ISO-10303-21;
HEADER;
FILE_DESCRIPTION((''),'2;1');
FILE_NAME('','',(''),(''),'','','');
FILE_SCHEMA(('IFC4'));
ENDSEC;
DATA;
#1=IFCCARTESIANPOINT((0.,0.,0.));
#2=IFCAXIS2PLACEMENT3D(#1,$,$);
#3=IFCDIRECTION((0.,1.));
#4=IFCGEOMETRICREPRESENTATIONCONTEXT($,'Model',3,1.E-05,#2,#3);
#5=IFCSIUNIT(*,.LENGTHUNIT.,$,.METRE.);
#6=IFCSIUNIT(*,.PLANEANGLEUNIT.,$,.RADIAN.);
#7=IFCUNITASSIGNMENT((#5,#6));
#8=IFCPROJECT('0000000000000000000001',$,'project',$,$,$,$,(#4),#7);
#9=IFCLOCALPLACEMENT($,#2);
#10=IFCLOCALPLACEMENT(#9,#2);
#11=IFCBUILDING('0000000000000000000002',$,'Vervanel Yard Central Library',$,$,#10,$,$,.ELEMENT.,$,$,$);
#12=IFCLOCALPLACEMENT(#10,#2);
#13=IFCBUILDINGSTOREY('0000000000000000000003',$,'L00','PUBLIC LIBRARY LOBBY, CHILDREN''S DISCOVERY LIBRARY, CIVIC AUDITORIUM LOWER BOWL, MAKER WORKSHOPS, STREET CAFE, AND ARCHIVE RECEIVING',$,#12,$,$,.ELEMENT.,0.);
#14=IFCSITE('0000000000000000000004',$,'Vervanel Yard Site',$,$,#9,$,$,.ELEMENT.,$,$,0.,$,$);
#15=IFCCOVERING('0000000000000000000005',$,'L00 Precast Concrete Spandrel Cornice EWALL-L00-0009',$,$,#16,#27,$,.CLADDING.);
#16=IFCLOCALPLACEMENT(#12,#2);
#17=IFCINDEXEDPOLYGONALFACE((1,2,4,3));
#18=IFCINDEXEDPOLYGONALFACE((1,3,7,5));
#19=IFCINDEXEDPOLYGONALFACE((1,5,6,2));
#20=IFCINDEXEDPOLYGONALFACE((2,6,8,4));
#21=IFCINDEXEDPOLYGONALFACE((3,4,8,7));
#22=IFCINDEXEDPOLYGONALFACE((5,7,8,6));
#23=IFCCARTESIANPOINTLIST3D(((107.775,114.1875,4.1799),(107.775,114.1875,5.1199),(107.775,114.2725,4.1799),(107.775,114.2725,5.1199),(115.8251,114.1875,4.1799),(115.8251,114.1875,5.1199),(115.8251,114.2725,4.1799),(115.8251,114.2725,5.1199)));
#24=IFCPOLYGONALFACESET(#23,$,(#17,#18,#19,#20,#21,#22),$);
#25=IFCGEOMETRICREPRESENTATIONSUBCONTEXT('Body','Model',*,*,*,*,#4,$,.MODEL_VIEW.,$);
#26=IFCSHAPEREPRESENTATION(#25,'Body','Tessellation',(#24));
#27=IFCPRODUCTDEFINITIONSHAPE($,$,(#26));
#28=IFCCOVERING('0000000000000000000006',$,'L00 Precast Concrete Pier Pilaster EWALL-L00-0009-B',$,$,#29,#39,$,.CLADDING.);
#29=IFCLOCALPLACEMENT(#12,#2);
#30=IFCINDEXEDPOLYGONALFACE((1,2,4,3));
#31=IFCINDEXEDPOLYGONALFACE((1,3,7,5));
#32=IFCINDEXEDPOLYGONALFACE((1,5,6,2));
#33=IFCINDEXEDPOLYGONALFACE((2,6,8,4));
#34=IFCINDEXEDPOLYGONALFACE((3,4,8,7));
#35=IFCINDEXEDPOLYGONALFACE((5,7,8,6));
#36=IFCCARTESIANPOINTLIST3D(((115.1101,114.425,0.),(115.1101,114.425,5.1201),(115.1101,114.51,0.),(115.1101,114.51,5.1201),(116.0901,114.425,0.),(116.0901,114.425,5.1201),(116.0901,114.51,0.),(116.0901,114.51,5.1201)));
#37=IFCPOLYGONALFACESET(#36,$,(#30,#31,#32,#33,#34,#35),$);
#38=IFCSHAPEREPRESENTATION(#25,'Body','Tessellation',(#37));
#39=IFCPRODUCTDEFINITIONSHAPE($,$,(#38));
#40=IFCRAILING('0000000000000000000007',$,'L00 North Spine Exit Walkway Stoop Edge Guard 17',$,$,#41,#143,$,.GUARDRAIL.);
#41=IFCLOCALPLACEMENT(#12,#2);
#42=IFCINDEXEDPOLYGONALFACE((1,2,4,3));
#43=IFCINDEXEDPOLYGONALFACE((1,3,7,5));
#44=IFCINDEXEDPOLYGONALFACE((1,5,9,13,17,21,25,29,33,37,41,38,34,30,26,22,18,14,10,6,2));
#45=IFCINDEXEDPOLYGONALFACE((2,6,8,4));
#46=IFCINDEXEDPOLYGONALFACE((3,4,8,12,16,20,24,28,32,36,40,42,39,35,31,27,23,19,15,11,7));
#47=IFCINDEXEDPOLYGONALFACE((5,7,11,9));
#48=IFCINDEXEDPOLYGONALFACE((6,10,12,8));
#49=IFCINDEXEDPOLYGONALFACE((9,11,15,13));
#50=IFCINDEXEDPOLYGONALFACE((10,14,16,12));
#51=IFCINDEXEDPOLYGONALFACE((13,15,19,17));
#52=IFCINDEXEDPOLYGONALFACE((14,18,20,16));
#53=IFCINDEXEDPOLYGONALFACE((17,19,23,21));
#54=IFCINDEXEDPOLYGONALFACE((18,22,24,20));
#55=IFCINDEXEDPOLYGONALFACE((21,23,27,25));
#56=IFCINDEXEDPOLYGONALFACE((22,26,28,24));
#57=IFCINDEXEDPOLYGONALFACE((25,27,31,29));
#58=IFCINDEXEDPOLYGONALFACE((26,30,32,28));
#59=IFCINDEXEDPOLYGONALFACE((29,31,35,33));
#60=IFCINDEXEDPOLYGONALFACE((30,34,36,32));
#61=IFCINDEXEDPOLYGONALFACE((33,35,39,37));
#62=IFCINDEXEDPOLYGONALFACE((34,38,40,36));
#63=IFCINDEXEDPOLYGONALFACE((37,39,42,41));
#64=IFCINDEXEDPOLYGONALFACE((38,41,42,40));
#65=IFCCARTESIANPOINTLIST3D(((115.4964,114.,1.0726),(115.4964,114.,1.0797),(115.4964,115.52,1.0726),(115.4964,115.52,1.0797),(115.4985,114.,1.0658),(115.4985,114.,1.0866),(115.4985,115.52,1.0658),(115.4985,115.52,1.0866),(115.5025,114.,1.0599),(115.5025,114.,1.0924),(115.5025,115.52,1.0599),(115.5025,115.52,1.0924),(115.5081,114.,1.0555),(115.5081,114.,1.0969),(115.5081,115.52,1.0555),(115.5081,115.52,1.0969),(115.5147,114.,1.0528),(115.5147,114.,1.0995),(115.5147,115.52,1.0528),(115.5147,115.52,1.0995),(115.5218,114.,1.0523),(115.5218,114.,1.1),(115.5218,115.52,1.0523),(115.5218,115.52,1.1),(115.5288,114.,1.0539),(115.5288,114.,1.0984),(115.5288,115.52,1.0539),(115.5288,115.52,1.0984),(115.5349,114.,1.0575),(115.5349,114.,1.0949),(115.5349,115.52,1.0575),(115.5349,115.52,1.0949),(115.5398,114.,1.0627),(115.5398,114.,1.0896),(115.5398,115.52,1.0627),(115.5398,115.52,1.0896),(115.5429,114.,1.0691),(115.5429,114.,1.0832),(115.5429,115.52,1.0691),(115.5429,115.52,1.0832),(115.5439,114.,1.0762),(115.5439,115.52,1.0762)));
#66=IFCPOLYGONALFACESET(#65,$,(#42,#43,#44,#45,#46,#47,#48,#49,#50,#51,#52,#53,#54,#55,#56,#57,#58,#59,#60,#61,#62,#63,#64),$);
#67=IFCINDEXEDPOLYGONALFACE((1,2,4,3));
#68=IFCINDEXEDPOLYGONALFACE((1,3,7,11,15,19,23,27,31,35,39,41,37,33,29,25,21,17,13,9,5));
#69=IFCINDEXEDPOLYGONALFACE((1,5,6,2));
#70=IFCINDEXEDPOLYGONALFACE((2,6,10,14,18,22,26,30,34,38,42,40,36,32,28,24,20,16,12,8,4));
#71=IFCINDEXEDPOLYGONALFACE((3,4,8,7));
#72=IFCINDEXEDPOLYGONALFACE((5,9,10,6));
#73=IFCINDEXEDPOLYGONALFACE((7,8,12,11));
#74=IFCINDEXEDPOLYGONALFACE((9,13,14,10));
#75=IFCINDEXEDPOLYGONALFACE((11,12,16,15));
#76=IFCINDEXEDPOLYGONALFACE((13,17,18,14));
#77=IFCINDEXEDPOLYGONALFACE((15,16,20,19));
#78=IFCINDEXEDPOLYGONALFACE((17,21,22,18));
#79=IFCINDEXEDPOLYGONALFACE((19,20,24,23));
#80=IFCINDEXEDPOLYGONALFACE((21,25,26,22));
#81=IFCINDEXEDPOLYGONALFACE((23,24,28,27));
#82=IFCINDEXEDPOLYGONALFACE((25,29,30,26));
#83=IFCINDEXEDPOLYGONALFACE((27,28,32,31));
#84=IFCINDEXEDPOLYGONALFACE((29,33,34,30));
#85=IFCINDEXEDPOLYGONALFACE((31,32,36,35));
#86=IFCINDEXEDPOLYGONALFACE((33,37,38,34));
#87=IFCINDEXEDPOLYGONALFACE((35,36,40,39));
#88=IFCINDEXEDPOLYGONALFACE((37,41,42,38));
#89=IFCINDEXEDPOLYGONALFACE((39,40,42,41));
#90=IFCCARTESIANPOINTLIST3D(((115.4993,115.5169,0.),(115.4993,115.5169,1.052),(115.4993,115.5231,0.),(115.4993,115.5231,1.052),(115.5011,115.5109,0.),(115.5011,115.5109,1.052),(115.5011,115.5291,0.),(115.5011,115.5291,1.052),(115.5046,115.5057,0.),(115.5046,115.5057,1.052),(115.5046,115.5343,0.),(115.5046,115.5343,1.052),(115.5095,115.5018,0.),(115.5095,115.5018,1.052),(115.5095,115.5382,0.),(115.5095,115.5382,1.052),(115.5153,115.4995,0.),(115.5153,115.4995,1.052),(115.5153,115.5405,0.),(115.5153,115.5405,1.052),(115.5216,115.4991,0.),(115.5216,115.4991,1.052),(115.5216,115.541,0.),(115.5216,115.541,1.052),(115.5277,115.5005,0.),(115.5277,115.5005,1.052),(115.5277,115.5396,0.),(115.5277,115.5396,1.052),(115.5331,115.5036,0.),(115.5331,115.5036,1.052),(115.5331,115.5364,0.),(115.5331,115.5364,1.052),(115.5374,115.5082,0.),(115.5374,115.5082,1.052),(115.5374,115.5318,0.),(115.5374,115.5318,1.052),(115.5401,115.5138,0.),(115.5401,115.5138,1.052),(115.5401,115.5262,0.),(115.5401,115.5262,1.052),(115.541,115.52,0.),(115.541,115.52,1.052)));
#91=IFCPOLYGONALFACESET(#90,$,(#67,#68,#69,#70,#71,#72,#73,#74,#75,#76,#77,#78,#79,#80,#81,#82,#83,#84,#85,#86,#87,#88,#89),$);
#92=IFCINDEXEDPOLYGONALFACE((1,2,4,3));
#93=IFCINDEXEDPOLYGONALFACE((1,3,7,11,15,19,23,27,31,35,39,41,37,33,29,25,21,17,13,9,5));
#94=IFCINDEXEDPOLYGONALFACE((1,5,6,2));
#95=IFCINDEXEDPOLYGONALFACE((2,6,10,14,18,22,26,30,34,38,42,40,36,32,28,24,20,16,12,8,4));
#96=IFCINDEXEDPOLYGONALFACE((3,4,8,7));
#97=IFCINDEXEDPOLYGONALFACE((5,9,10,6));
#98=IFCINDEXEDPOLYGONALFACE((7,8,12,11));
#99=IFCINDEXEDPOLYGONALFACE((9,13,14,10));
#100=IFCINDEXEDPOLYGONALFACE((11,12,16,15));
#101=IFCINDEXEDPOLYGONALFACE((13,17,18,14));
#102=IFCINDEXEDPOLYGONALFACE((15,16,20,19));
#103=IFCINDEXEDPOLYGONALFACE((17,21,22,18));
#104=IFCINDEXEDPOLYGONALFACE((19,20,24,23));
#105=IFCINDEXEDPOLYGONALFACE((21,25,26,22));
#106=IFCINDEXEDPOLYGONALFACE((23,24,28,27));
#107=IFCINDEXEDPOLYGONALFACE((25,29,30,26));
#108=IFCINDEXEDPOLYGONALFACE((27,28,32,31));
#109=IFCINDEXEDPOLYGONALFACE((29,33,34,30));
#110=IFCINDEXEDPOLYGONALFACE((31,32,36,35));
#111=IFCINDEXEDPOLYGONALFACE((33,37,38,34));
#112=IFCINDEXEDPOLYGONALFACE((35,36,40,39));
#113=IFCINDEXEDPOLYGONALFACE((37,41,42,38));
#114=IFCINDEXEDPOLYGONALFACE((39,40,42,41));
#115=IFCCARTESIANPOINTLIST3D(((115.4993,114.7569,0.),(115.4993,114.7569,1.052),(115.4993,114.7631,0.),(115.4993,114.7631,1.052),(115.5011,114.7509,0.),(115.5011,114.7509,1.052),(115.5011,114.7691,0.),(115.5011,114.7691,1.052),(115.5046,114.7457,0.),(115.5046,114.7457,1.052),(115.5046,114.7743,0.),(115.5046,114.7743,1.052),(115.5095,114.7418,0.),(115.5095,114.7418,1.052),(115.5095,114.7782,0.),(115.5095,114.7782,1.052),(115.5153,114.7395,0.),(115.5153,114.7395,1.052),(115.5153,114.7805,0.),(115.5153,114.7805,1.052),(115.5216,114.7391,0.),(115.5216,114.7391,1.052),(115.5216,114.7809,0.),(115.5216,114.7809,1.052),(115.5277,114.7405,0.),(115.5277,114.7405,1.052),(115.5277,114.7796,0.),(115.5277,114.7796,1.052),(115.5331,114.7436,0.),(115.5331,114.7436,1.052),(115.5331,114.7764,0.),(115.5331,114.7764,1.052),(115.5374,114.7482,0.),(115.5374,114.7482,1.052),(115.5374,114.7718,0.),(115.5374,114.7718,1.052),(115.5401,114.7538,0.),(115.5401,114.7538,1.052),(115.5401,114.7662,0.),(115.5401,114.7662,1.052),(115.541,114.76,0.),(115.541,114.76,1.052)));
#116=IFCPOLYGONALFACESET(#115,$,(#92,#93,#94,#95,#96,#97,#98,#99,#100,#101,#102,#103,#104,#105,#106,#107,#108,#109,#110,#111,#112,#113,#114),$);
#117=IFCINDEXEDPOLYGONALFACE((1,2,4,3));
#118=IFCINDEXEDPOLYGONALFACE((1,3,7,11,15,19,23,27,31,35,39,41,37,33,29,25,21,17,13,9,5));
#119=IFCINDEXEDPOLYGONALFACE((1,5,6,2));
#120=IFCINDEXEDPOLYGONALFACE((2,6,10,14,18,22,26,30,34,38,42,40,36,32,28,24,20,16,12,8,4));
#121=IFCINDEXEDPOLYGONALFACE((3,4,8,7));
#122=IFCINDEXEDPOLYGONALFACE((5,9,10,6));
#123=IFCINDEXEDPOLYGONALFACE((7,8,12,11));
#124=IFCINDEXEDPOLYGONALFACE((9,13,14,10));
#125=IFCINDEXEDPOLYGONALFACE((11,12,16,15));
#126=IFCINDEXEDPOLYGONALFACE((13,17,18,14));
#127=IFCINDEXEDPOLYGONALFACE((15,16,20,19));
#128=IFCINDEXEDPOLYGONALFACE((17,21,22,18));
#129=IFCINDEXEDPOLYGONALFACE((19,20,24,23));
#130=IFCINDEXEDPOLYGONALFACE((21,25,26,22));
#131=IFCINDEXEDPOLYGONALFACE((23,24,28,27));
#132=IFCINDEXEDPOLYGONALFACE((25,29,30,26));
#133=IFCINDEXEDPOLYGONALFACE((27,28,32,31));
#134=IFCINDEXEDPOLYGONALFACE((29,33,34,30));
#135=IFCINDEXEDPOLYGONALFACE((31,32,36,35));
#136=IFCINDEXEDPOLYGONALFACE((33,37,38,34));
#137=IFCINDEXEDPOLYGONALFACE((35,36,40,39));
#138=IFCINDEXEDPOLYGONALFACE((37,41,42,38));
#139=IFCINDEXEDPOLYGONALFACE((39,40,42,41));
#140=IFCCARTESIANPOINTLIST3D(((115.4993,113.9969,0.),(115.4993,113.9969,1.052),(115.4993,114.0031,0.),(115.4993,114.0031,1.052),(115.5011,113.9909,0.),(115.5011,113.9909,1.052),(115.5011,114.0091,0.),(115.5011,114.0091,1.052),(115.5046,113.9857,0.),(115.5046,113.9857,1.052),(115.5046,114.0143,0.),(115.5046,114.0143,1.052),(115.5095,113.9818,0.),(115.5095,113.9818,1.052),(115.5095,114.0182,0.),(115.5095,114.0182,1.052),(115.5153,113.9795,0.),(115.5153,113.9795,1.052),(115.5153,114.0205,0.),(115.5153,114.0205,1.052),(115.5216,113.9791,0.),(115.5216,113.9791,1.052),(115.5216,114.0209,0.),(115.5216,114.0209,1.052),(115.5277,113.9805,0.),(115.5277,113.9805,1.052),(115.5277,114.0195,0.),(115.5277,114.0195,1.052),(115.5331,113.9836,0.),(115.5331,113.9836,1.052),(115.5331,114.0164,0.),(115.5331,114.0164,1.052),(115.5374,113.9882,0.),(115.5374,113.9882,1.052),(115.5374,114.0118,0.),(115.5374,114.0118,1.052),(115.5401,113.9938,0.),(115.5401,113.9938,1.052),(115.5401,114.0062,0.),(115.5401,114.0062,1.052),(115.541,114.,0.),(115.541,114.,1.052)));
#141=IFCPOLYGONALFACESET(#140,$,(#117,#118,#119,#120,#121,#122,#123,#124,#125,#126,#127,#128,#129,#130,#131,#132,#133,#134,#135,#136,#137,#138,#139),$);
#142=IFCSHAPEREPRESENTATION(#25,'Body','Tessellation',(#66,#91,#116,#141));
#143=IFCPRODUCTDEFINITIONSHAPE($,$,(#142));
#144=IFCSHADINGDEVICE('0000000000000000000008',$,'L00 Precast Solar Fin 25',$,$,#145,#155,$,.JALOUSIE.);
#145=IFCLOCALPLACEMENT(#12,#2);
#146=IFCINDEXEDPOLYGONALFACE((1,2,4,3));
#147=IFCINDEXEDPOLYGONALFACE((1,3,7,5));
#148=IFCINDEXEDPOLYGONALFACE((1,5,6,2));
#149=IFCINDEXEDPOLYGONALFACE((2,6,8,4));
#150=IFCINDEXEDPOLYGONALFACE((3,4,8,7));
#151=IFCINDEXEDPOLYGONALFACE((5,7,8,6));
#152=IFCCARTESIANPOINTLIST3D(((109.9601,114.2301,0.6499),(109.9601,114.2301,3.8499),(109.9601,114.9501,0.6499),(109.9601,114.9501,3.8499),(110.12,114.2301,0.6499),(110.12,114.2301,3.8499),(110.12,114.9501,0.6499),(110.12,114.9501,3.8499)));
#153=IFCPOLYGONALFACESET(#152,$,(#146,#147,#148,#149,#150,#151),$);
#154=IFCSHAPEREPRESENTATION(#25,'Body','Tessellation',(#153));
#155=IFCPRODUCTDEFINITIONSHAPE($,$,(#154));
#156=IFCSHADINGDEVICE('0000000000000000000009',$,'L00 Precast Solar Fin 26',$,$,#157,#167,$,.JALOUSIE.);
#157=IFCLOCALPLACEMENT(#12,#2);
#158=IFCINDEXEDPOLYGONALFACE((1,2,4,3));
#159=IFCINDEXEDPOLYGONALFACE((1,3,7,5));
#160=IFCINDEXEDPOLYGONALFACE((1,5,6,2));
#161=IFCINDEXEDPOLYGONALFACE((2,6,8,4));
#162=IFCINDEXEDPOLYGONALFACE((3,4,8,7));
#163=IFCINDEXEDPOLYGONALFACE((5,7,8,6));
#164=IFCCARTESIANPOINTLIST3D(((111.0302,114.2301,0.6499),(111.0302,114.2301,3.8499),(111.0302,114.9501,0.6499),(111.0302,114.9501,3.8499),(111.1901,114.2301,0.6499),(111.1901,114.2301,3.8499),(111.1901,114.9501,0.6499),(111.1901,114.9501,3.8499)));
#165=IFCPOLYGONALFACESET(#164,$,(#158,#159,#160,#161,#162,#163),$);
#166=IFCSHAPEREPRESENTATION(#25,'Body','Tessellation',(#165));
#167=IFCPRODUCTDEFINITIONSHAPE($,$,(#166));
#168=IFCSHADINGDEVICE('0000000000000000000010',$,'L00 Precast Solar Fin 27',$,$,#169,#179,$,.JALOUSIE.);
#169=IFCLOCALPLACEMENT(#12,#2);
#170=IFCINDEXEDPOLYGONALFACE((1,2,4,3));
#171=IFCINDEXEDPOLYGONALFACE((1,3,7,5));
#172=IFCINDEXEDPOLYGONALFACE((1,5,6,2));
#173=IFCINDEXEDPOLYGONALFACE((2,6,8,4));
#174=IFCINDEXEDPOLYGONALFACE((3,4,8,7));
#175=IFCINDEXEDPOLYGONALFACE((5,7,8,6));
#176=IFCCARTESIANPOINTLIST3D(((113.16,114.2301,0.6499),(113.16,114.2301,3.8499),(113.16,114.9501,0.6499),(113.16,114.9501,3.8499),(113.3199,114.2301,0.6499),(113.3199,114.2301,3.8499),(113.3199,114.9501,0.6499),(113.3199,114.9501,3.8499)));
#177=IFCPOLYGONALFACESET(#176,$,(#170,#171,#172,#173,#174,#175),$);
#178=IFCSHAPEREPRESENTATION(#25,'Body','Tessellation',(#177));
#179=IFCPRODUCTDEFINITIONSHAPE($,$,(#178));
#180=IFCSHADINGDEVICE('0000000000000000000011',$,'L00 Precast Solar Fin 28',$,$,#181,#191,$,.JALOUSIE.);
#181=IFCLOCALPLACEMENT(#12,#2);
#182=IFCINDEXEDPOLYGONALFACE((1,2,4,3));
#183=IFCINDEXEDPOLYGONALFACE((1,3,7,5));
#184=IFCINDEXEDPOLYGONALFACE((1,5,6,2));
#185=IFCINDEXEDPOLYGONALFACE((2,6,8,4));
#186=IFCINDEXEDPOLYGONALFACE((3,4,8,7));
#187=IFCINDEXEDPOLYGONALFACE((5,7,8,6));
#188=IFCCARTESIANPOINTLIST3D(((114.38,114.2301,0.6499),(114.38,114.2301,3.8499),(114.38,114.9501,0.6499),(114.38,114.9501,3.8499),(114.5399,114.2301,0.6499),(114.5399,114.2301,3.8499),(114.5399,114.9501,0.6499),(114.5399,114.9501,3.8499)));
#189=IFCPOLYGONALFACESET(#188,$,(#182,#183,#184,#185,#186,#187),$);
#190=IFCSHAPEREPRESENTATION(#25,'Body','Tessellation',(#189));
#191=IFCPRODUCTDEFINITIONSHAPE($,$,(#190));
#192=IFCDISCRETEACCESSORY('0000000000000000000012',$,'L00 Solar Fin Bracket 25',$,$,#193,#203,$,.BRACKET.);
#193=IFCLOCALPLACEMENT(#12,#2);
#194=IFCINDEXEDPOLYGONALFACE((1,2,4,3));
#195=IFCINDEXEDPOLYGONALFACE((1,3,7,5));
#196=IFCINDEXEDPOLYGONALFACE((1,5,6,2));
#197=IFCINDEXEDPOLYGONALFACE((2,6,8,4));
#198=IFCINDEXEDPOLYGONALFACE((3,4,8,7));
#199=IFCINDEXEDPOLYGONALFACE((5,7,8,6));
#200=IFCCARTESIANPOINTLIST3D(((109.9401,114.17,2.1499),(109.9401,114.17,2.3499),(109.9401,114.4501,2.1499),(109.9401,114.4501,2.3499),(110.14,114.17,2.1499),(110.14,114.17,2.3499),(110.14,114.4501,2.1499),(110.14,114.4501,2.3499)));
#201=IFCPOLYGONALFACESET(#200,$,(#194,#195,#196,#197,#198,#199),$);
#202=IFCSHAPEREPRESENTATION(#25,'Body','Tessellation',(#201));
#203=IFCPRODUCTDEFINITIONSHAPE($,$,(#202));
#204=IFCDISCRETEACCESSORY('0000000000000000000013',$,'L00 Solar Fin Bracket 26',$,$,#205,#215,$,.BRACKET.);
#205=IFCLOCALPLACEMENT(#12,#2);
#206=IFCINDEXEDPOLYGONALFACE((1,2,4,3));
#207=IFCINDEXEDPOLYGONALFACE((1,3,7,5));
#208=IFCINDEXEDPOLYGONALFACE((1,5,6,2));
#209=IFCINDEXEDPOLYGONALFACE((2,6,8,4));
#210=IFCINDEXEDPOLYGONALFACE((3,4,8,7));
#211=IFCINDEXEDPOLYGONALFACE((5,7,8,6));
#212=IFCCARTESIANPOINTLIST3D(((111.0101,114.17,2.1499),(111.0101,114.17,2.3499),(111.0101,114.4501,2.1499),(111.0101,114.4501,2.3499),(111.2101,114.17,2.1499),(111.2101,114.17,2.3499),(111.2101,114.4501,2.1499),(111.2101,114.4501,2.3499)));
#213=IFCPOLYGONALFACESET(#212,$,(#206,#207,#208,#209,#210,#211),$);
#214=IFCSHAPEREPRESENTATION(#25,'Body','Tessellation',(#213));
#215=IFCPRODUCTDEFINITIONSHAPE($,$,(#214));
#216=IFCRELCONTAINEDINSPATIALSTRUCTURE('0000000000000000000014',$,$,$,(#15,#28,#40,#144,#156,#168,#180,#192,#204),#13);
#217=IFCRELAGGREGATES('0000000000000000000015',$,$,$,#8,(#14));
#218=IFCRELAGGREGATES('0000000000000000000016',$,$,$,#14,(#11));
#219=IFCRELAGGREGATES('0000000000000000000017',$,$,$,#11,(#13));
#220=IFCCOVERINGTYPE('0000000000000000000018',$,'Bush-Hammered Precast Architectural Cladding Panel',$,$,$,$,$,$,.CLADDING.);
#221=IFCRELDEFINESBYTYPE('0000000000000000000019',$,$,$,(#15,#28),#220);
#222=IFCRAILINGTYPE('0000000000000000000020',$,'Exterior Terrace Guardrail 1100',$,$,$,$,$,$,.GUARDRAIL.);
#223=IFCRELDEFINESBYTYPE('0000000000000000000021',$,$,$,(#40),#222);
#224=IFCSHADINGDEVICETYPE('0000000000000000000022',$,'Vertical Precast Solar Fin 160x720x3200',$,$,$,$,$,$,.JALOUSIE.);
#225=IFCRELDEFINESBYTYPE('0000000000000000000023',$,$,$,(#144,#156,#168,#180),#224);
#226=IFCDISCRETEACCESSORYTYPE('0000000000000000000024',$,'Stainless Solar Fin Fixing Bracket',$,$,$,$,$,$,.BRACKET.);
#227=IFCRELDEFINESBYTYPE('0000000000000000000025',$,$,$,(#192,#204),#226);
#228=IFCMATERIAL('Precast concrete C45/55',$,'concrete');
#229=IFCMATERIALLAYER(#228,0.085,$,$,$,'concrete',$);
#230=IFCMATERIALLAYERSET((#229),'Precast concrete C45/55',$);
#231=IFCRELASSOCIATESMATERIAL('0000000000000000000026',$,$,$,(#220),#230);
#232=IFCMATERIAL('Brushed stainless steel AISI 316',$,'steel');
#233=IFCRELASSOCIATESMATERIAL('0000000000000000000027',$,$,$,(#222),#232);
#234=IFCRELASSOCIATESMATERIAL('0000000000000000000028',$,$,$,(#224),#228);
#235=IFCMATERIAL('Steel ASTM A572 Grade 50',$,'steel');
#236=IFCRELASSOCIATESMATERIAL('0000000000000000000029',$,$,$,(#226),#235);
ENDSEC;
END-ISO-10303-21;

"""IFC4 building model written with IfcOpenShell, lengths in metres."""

from ifc_helpers import new_model, si_unit, direction, frame, origin, origin_2d, place, context, subcontext, project, spatial, rectangle, circle, extrude, material, layer, layer_set, type_object, element, save


model = new_model("IFC4")

# Units and contexts
model_context = context("Model", 3, precision=1e-05, world=origin(), true_north=direction((0.0, 1.0)))
body_context = subcontext(model_context, "Body", "Model", "MODEL_VIEW")
ifc_project = project(units=[si_unit("LENGTHUNIT", "METRE"), si_unit("PLANEANGLEUNIT", "RADIAN")], contexts=[model_context])

# Site, building, storey
site_placement = place(None, origin())
site = spatial("IfcSite", under=ifc_project, at=site_placement, Name="Vervanel Yard Site", CompositionType="ELEMENT", RefElevation=0.0)
building_placement = place(site_placement, origin())
building = spatial("IfcBuilding", under=site, at=building_placement, Name="Vervanel Yard Central Library", CompositionType="ELEMENT")
storey_placement = place(building_placement, origin())
storey = spatial("IfcBuildingStorey", under=building, at=storey_placement, Name="L00", Description="PUBLIC LIBRARY LOBBY, CHILDREN'S DISCOVERY LIBRARY, CIVIC AUDITORIUM LOWER BOWL, MAKER WORKSHOPS, STREET CAFE, AND ARCHIVE RECEIVING", CompositionType="ELEMENT", Elevation=0.0)

# Coverings
ifc_material_1 = material(Name="Precast concrete C45/55", Category="concrete")
ifc_layer_1 = layer(ifc_material_1, 0.085, Category="concrete")
ifc_layer_set_1 = layer_set([ifc_layer_1], Name="Precast concrete C45/55")
covering_type = type_object("IfcCoveringType", Name="Bush-Hammered Precast Architectural Cladding Panel", PredefinedType="CLADDING", material=ifc_layer_set_1)
covering_1_placement = place(storey_placement, frame((111.8, 114.23, 4.1799), z_axis=(0.0, 0.0, 1.0), x_axis=(1.0, 0.0, 0.0)))
element("IfcCovering", 1, at=covering_1_placement, inside=storey, type_object=covering_type, Name="L00 Precast Concrete Spandrel Cornice EWALL-L00-0009", PredefinedType="CLADDING", context=body_context, shape_type="SweptSolid", body=[
    extrude(rectangle(XDim=8.05, YDim=0.085, at=origin_2d()), origin(), (0.0, 0.0, 1.0), 0.9399),
])
covering_2_placement = place(storey_placement, frame((115.6001, 114.4675, 0.0), z_axis=(0.0, 0.0, 1.0), x_axis=(1.0, 0.0, 0.0)))
element("IfcCovering", 2, at=covering_2_placement, inside=storey, type_object=covering_type, Name="L00 Precast Concrete Pier Pilaster EWALL-L00-0009-B", PredefinedType="CLADDING", context=body_context, shape_type="SweptSolid", body=[
    extrude(rectangle(XDim=0.98, YDim=0.085, at=origin_2d()), origin(), (0.0, 0.0, 1.0), 5.1201),
])

# Railing
ifc_material_2 = material(Name="Brushed stainless steel AISI 316", Category="steel")
railing_type = type_object("IfcRailingType", Name="Exterior Terrace Guardrail 1100", PredefinedType="GUARDRAIL", material=ifc_material_2)
railing_placement = place(storey_placement, frame((115.52, 115.52, 0.0)))
element("IfcRailing", 3, at=railing_placement, inside=storey, type_object=railing_type, Name="L00 North Spine Exit Walkway Stoop Edge Guard 17", PredefinedType="GUARDRAIL", context=body_context, shape_type="SweptSolid", body=[
    extrude(circle(Radius=0.0239, at=origin_2d()), frame((0.0, 0.0, 1.0762), z_axis=(0.0, -1.0, 0.0), x_axis=(1.0, 0.0, 0.0)), (0.0, 0.0, 1.0), 1.52),
    extrude(circle(Radius=0.021, at=origin_2d()), origin(), (0.0, 0.0, 1.0), 1.052),
    extrude(circle(Radius=0.021, at=origin_2d()), frame((0.0, -0.76, 0.0)), (0.0, 0.0, 1.0), 1.052),
    extrude(circle(Radius=0.021, at=origin_2d()), frame((0.0, -1.52, 0.0)), (0.0, 0.0, 1.0), 1.052),
])

# Shading devices
shading_device_type = type_object("IfcShadingDeviceType", Name="Vertical Precast Solar Fin 160x720x3200", PredefinedType="JALOUSIE", material=ifc_material_1)
for number, where, z_axis, x_axis, name in (
    (4, (110.04, 114.5901, 0.6499), (0.0, 0.0, 1.0), (1.0, 0.0, 0.0), "L00 Precast Solar Fin 25"),
    (5, (111.1101, 114.5901, 0.6499), (0.0, 0.0, 1.0), (1.0, 0.0, 0.0), "L00 Precast Solar Fin 26"),
    (6, (113.24, 114.5901, 0.6499), (0.0, 0.0, 1.0), (1.0, 0.0, 0.0), "L00 Precast Solar Fin 27"),
    (7, (114.46, 114.5901, 0.6499), (0.0, 0.0, 1.0), (1.0, 0.0, 0.0), "L00 Precast Solar Fin 28"),
):
    element("IfcShadingDevice", number, at=place(storey_placement, frame(where, z_axis=z_axis, x_axis=x_axis)), inside=storey, type_object=shading_device_type, Name=name, PredefinedType="JALOUSIE", context=body_context, shape_type="SweptSolid", body=[
        extrude(rectangle(XDim=0.1599, YDim=0.72, at=origin_2d()), origin(), (0.0, 0.0, 1.0), 3.2),
    ])

# Discrete accessories
ifc_material_3 = material(Name="Steel ASTM A572 Grade 50", Category="steel")
discrete_accessory_type = type_object("IfcDiscreteAccessoryType", Name="Stainless Solar Fin Fixing Bracket", PredefinedType="BRACKET", material=ifc_material_3)
for number, where, z_axis, x_axis, name in (
    (8, (110.04, 114.3101, 2.1499), (0.0, 0.0, 1.0), (1.0, 0.0, 0.0), "L00 Solar Fin Bracket 25"),
    (9, (111.1101, 114.3101, 2.1499), (0.0, 0.0, 1.0), (1.0, 0.0, 0.0), "L00 Solar Fin Bracket 26"),
):
    element("IfcDiscreteAccessory", number, at=place(storey_placement, frame(where, z_axis=z_axis, x_axis=x_axis)), inside=storey, type_object=discrete_accessory_type, Name=name, PredefinedType="BRACKET", context=body_context, shape_type="SweptSolid", body=[
        extrude(rectangle(XDim=0.2, YDim=0.28, at=origin_2d()), origin(), (0.0, 0.0, 1.0), 0.2),
    ])

save(model, "model.ifc")
